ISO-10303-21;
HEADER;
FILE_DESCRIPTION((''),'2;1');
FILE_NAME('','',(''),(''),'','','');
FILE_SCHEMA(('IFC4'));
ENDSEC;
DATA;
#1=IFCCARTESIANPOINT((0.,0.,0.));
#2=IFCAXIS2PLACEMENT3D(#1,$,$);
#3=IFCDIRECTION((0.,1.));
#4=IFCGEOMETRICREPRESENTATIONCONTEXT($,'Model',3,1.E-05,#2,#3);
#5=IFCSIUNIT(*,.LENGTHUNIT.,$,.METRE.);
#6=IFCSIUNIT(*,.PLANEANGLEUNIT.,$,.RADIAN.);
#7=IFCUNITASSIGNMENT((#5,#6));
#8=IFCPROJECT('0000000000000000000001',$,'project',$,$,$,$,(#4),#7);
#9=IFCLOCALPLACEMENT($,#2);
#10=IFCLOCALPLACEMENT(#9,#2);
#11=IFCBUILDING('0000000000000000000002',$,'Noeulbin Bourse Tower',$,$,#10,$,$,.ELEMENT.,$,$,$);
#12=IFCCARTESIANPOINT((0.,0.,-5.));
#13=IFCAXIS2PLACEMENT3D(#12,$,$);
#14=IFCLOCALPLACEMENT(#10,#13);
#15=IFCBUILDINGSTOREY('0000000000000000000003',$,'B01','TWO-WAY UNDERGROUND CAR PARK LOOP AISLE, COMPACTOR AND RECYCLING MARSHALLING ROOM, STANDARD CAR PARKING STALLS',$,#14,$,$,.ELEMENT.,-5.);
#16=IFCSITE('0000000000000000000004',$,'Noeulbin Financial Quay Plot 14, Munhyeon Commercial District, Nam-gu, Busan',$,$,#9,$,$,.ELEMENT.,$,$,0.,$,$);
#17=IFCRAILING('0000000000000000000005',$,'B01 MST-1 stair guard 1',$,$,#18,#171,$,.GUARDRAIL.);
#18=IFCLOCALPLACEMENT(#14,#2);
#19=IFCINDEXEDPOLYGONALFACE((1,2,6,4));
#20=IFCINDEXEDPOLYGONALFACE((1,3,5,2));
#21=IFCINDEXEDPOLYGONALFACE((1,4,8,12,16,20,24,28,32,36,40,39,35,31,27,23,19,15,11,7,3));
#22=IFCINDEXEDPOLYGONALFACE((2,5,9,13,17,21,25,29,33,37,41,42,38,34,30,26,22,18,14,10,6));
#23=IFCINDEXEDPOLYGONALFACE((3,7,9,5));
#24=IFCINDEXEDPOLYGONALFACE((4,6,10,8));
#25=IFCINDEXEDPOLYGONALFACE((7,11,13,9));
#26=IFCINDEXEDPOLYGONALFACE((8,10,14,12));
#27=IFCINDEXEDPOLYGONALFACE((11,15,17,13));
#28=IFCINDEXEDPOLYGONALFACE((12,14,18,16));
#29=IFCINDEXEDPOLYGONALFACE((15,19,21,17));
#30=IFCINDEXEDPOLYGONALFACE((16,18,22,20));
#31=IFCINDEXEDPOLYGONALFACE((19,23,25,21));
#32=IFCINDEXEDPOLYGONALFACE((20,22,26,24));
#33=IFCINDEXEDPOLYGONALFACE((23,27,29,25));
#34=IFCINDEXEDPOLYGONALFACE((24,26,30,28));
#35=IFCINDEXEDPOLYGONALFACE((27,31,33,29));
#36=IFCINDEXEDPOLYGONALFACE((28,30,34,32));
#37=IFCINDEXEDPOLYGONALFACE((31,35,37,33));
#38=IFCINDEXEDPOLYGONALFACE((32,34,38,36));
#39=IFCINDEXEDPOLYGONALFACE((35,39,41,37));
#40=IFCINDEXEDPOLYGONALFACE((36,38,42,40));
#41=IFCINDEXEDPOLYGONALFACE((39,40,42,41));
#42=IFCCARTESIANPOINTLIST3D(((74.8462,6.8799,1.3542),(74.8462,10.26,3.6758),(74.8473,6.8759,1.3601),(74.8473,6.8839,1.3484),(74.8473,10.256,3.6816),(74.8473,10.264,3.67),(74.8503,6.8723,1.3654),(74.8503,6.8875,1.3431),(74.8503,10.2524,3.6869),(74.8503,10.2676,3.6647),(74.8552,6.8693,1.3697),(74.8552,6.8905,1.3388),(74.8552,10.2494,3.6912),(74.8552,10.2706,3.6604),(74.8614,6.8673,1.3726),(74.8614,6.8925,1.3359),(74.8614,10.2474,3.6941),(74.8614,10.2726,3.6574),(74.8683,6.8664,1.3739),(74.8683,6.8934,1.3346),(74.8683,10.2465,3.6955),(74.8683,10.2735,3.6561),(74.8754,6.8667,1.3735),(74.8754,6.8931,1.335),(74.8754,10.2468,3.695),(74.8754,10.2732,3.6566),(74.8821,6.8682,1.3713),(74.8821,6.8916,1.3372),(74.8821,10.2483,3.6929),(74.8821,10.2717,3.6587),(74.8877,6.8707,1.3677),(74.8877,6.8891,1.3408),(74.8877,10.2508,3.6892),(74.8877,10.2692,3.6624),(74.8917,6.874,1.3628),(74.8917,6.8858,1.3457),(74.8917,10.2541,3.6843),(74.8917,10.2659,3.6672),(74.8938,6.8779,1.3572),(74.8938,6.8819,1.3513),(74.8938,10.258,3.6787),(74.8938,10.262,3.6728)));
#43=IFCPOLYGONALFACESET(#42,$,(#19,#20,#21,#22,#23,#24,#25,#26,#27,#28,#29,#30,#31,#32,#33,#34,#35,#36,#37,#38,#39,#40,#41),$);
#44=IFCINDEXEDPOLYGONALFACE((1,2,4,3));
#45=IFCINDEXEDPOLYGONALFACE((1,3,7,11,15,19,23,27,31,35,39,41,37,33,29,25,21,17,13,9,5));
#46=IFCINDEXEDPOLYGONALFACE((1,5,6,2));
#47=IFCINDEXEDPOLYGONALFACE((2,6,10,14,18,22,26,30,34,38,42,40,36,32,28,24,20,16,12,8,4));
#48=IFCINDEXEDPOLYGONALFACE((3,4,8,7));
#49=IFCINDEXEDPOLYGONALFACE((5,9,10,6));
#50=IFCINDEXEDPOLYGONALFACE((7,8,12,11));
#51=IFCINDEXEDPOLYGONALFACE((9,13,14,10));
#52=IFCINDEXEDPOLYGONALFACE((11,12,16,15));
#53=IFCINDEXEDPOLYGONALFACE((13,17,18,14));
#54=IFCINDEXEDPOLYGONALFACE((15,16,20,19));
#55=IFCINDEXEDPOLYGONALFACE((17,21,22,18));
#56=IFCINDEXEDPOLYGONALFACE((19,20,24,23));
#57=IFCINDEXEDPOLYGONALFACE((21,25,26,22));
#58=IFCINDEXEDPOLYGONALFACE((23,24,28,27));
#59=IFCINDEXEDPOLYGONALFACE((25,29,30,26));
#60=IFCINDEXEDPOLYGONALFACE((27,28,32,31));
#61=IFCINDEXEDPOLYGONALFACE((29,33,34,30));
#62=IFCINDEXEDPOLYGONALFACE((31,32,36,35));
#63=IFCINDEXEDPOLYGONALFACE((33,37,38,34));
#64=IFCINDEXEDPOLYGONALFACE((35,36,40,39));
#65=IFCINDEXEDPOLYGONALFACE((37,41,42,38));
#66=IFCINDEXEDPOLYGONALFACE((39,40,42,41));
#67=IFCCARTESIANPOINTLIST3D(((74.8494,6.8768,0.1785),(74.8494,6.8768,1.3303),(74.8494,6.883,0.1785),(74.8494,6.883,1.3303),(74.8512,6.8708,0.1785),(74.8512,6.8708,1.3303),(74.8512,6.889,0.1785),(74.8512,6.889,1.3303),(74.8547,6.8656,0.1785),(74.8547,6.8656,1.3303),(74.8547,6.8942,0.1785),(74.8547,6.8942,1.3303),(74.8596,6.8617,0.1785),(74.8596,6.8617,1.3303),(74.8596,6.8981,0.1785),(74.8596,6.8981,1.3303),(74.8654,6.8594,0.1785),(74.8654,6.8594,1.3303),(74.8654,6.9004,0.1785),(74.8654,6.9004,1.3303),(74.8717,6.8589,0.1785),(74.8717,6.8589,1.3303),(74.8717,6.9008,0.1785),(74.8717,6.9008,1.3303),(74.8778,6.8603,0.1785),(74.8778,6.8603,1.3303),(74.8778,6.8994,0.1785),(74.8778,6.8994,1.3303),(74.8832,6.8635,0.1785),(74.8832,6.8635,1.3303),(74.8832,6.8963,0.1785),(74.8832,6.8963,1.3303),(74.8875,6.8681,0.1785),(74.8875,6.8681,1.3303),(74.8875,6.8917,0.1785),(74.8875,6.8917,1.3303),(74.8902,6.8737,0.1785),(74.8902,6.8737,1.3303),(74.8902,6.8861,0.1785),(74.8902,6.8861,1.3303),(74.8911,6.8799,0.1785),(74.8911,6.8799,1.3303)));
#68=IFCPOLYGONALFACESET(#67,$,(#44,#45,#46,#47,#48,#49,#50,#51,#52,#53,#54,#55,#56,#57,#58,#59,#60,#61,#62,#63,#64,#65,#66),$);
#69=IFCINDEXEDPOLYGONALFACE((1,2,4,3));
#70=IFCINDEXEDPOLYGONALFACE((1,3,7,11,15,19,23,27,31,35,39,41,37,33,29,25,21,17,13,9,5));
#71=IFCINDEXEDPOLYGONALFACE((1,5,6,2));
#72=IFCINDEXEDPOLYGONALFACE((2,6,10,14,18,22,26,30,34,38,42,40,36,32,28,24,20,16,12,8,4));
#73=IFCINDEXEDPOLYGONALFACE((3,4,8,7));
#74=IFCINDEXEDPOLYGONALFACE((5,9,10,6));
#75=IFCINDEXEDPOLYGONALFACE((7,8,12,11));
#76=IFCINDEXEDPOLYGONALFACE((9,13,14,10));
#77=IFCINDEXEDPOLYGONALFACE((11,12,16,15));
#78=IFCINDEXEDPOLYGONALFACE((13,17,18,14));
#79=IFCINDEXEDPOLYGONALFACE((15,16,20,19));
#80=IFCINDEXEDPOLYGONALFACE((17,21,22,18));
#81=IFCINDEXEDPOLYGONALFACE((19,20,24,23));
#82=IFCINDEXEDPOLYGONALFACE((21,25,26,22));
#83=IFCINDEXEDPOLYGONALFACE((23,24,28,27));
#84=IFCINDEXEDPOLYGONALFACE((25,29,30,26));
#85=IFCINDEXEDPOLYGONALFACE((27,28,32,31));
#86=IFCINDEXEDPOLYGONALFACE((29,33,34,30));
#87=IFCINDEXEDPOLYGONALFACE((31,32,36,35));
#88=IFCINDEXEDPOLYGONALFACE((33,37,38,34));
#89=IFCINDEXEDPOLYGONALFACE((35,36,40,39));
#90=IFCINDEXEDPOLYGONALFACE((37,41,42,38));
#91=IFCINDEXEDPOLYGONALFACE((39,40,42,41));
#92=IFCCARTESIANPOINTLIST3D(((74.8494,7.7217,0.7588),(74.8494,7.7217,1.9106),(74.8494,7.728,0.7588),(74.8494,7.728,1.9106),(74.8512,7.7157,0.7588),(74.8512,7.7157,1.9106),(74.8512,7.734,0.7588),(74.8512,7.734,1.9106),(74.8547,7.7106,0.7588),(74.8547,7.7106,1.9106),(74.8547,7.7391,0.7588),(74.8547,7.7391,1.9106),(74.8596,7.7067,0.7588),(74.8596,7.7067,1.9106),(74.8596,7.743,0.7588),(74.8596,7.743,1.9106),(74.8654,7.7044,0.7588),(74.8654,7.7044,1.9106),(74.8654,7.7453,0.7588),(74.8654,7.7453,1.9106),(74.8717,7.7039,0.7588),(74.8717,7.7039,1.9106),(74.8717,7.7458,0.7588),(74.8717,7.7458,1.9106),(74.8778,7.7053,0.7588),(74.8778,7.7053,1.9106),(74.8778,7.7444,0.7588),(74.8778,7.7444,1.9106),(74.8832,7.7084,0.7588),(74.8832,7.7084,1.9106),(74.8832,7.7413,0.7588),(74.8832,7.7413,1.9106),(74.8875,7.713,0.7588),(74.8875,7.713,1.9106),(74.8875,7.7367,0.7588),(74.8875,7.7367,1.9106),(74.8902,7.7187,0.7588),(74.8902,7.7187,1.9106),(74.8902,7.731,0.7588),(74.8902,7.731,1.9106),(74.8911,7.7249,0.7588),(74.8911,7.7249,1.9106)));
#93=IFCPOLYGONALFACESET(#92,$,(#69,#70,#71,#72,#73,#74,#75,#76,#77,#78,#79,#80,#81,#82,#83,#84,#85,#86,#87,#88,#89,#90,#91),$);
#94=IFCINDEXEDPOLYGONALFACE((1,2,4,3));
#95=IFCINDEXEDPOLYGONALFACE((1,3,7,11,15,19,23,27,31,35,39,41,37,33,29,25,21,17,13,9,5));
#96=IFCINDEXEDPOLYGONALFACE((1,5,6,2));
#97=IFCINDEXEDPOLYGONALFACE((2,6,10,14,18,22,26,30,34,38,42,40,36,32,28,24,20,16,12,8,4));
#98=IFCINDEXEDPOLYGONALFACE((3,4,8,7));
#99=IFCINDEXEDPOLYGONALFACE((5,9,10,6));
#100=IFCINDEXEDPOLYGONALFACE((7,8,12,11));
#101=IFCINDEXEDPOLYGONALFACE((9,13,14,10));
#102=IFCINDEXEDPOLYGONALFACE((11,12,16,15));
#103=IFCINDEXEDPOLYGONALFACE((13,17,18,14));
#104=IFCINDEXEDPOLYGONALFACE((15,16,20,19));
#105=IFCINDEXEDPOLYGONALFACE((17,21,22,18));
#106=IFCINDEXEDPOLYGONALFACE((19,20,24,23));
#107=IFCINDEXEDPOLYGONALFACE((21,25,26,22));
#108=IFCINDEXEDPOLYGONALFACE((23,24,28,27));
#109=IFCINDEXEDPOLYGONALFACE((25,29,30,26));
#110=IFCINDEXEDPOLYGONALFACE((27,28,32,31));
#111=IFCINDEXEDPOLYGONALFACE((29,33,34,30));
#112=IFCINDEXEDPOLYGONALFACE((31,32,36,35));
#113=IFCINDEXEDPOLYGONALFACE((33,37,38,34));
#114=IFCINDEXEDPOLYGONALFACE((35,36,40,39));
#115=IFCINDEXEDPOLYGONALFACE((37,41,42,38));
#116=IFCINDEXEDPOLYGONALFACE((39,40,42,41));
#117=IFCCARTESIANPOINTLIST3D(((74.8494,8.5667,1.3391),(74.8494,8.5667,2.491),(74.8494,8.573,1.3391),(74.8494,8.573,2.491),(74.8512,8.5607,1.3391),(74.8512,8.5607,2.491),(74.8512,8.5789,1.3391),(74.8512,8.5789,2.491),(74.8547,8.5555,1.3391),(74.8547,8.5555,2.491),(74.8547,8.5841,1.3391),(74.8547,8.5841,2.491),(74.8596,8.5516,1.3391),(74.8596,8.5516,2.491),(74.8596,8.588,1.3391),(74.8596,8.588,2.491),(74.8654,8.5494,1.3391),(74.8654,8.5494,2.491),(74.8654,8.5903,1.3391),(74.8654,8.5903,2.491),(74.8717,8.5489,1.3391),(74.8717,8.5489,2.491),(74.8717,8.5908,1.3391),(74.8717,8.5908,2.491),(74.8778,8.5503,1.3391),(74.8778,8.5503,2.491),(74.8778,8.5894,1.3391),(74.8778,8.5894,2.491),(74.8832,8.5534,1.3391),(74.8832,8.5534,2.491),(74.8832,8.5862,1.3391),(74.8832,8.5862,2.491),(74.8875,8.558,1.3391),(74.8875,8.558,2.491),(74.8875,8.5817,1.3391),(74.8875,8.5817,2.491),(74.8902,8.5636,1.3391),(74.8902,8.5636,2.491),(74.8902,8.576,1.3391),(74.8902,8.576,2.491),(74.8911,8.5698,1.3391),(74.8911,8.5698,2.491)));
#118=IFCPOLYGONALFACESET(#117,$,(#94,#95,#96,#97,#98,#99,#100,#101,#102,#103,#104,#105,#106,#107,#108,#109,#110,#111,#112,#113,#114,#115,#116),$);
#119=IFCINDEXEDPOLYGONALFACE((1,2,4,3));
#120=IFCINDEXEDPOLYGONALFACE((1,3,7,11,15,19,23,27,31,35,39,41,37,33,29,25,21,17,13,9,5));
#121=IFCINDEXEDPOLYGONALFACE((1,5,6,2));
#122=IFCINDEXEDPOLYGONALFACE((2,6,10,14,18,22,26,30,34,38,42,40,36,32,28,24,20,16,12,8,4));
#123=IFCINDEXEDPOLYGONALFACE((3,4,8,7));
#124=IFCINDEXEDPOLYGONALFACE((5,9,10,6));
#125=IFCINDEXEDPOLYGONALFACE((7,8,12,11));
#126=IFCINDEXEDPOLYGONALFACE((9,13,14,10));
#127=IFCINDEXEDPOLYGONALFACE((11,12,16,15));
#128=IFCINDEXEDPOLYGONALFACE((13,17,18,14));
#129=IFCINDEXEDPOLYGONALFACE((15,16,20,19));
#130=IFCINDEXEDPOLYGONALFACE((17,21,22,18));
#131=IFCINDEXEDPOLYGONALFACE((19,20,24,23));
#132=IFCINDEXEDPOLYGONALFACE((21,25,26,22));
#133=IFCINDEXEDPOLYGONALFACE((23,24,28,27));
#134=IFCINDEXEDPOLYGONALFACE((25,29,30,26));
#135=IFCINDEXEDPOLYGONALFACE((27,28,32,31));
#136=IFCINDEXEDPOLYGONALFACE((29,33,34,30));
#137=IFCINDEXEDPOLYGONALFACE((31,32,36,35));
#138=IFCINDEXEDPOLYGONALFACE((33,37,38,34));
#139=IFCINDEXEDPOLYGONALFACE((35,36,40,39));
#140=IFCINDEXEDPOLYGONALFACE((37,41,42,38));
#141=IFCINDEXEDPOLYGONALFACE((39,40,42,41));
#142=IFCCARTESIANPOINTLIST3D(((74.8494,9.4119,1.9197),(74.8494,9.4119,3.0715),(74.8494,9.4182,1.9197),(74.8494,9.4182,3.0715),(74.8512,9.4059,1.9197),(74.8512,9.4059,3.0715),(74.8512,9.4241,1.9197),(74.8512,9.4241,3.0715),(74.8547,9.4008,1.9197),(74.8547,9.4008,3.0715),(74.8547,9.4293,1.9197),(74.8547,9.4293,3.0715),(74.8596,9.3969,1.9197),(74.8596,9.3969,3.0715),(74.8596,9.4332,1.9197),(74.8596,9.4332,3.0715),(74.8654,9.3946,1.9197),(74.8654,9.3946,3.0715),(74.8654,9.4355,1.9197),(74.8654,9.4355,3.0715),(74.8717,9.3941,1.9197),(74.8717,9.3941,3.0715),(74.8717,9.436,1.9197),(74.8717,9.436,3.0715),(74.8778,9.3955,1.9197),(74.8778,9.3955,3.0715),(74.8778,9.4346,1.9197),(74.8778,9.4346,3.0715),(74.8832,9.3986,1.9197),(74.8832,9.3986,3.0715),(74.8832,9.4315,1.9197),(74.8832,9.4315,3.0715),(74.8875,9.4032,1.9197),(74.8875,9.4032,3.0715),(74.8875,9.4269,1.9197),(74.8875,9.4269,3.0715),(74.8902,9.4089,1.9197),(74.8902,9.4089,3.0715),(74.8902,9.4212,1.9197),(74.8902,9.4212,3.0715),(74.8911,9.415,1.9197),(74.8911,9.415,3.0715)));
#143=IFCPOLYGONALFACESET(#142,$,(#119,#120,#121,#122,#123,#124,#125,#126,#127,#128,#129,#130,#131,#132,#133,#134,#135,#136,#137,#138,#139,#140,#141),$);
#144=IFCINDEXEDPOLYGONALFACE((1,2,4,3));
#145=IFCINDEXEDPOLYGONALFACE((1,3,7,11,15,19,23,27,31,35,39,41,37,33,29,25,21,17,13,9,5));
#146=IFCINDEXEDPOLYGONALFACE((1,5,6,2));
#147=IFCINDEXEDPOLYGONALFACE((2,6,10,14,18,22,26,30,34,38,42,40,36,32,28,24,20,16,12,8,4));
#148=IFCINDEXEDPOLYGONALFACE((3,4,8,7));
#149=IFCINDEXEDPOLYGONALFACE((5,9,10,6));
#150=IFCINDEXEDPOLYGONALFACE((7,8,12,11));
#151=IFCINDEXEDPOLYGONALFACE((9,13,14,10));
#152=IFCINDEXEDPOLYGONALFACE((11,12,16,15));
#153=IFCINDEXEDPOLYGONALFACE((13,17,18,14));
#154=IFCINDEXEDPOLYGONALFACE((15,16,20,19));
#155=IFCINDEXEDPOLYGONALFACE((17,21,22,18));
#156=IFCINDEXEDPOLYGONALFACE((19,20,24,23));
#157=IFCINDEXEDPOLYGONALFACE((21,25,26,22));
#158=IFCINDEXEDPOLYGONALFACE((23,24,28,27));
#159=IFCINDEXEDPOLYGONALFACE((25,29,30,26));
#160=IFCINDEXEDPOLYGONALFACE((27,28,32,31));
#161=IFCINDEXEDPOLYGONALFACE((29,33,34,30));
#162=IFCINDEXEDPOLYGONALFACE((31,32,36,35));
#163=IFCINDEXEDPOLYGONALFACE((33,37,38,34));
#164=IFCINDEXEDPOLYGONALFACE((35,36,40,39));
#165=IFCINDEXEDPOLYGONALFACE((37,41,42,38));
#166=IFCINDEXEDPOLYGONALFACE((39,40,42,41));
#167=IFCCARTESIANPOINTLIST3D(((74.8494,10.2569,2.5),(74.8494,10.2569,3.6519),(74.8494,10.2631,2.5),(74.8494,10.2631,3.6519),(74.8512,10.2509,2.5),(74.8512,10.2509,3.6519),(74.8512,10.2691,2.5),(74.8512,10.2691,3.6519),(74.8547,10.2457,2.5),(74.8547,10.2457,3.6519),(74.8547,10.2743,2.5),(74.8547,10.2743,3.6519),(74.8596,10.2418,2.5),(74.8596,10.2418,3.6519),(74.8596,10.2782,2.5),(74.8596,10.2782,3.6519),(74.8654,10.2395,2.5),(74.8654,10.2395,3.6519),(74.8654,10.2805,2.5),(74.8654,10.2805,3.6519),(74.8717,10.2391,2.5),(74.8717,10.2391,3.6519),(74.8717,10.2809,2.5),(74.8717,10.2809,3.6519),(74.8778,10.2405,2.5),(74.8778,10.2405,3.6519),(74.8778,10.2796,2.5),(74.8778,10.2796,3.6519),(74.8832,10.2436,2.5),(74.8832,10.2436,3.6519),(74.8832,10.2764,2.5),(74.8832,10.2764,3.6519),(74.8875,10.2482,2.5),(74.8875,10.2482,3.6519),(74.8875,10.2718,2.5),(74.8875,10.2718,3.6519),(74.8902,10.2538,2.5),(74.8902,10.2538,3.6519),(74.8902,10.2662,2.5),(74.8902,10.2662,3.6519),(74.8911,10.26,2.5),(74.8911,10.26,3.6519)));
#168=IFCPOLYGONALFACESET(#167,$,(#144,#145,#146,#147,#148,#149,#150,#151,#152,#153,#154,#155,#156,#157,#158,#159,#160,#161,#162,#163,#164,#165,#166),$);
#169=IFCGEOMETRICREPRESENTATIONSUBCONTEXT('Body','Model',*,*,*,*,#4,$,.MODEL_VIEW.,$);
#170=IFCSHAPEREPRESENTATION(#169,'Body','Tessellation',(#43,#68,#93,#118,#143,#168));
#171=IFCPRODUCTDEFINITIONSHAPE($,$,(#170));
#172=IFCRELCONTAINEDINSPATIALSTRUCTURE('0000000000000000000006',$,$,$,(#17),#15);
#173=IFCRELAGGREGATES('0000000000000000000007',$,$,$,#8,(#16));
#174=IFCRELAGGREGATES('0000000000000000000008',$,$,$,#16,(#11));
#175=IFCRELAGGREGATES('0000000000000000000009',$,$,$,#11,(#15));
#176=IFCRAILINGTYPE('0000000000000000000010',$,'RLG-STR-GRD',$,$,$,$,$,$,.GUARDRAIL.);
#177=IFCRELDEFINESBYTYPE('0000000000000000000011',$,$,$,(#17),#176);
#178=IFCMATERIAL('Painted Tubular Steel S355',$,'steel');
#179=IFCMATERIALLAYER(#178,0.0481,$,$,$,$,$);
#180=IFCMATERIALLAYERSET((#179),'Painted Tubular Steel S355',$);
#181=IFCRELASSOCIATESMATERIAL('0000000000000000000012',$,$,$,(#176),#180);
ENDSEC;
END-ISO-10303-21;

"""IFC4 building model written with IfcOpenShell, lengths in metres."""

from ifc_helpers import new_model, si_unit, direction, frame, origin, origin_2d, place, context, subcontext, project, spatial, circle, extrude, material, layer, layer_set, type_object, element, save


model = new_model("IFC4")

# Units and contexts
model_context = context("Model", 3, precision=1e-05, world=origin(), true_north=direction((0.0, 1.0)))
body_context = subcontext(model_context, "Body", "Model", "MODEL_VIEW")
ifc_project = project(units=[si_unit("LENGTHUNIT", "METRE"), si_unit("PLANEANGLEUNIT", "RADIAN")], contexts=[model_context])

# Site, building, storey
site_placement = place(None, origin())
site = spatial("IfcSite", under=ifc_project, at=site_placement, Name="Noeulbin Financial Quay Plot 14, Munhyeon Commercial District, Nam-gu, Busan", CompositionType="ELEMENT", RefElevation=0.0)
building_placement = place(site_placement, origin())
building = spatial("IfcBuilding", under=site, at=building_placement, Name="Noeulbin Bourse Tower", CompositionType="ELEMENT")
storey_placement = place(building_placement, frame((0.0, 0.0, -5.0)))
storey = spatial("IfcBuildingStorey", under=building, at=storey_placement, Name="B01", Description="TWO-WAY UNDERGROUND CAR PARK LOOP AISLE, COMPACTOR AND RECYCLING MARSHALLING ROOM, STANDARD CAR PARKING STALLS", CompositionType="ELEMENT", Elevation=-5.0)

# Railing
ifc_material_1 = material(Name="Painted Tubular Steel S355", Category="steel")
ifc_layer_1 = layer(ifc_material_1, 0.0481)
ifc_layer_set_1 = layer_set([ifc_layer_1], Name="Painted Tubular Steel S355")
railing_type_1 = type_object("IfcRailingType", Name="RLG-STR-GRD", PredefinedType="GUARDRAIL", material=ifc_layer_set_1)
railing_1_placement = place(storey_placement, frame((74.8701, 6.8799, 0.1785)))
element("IfcRailing", 1, at=railing_1_placement, inside=storey, type_object=railing_type_1, Name="B01 MST-1 stair guard 1", PredefinedType="GUARDRAIL", context=body_context, shape_type="SweptSolid", body=[
    extrude(circle(Radius=0.0239, at=origin_2d()), frame((0.0, 0.0, 1.1758), z_axis=(0.0, 0.824304, 0.566147), x_axis=(-1.0, 0.0, 0.0)), (0.0, 0.0, 1.0), 4.1006),
    extrude(circle(Radius=0.021, at=origin_2d()), origin(), (0.0, 0.0, 1.0), 1.1519),
    extrude(circle(Radius=0.021, at=origin_2d()), frame((0.0, 0.845, 0.5803)), (0.0, 0.0, 1.0), 1.1519),
    extrude(circle(Radius=0.021, at=origin_2d()), frame((0.0, 1.6899, 1.1606)), (0.0, 0.0, 1.0), 1.1519),
    extrude(circle(Radius=0.021, at=origin_2d()), frame((0.0, 2.5352, 1.7412)), (0.0, 0.0, 1.0), 1.1519),
    extrude(circle(Radius=0.021, at=origin_2d()), frame((0.0, 3.3801, 2.3215)), (0.0, 0.0, 1.0), 1.1519),
])

save(model, "model.ifc")
